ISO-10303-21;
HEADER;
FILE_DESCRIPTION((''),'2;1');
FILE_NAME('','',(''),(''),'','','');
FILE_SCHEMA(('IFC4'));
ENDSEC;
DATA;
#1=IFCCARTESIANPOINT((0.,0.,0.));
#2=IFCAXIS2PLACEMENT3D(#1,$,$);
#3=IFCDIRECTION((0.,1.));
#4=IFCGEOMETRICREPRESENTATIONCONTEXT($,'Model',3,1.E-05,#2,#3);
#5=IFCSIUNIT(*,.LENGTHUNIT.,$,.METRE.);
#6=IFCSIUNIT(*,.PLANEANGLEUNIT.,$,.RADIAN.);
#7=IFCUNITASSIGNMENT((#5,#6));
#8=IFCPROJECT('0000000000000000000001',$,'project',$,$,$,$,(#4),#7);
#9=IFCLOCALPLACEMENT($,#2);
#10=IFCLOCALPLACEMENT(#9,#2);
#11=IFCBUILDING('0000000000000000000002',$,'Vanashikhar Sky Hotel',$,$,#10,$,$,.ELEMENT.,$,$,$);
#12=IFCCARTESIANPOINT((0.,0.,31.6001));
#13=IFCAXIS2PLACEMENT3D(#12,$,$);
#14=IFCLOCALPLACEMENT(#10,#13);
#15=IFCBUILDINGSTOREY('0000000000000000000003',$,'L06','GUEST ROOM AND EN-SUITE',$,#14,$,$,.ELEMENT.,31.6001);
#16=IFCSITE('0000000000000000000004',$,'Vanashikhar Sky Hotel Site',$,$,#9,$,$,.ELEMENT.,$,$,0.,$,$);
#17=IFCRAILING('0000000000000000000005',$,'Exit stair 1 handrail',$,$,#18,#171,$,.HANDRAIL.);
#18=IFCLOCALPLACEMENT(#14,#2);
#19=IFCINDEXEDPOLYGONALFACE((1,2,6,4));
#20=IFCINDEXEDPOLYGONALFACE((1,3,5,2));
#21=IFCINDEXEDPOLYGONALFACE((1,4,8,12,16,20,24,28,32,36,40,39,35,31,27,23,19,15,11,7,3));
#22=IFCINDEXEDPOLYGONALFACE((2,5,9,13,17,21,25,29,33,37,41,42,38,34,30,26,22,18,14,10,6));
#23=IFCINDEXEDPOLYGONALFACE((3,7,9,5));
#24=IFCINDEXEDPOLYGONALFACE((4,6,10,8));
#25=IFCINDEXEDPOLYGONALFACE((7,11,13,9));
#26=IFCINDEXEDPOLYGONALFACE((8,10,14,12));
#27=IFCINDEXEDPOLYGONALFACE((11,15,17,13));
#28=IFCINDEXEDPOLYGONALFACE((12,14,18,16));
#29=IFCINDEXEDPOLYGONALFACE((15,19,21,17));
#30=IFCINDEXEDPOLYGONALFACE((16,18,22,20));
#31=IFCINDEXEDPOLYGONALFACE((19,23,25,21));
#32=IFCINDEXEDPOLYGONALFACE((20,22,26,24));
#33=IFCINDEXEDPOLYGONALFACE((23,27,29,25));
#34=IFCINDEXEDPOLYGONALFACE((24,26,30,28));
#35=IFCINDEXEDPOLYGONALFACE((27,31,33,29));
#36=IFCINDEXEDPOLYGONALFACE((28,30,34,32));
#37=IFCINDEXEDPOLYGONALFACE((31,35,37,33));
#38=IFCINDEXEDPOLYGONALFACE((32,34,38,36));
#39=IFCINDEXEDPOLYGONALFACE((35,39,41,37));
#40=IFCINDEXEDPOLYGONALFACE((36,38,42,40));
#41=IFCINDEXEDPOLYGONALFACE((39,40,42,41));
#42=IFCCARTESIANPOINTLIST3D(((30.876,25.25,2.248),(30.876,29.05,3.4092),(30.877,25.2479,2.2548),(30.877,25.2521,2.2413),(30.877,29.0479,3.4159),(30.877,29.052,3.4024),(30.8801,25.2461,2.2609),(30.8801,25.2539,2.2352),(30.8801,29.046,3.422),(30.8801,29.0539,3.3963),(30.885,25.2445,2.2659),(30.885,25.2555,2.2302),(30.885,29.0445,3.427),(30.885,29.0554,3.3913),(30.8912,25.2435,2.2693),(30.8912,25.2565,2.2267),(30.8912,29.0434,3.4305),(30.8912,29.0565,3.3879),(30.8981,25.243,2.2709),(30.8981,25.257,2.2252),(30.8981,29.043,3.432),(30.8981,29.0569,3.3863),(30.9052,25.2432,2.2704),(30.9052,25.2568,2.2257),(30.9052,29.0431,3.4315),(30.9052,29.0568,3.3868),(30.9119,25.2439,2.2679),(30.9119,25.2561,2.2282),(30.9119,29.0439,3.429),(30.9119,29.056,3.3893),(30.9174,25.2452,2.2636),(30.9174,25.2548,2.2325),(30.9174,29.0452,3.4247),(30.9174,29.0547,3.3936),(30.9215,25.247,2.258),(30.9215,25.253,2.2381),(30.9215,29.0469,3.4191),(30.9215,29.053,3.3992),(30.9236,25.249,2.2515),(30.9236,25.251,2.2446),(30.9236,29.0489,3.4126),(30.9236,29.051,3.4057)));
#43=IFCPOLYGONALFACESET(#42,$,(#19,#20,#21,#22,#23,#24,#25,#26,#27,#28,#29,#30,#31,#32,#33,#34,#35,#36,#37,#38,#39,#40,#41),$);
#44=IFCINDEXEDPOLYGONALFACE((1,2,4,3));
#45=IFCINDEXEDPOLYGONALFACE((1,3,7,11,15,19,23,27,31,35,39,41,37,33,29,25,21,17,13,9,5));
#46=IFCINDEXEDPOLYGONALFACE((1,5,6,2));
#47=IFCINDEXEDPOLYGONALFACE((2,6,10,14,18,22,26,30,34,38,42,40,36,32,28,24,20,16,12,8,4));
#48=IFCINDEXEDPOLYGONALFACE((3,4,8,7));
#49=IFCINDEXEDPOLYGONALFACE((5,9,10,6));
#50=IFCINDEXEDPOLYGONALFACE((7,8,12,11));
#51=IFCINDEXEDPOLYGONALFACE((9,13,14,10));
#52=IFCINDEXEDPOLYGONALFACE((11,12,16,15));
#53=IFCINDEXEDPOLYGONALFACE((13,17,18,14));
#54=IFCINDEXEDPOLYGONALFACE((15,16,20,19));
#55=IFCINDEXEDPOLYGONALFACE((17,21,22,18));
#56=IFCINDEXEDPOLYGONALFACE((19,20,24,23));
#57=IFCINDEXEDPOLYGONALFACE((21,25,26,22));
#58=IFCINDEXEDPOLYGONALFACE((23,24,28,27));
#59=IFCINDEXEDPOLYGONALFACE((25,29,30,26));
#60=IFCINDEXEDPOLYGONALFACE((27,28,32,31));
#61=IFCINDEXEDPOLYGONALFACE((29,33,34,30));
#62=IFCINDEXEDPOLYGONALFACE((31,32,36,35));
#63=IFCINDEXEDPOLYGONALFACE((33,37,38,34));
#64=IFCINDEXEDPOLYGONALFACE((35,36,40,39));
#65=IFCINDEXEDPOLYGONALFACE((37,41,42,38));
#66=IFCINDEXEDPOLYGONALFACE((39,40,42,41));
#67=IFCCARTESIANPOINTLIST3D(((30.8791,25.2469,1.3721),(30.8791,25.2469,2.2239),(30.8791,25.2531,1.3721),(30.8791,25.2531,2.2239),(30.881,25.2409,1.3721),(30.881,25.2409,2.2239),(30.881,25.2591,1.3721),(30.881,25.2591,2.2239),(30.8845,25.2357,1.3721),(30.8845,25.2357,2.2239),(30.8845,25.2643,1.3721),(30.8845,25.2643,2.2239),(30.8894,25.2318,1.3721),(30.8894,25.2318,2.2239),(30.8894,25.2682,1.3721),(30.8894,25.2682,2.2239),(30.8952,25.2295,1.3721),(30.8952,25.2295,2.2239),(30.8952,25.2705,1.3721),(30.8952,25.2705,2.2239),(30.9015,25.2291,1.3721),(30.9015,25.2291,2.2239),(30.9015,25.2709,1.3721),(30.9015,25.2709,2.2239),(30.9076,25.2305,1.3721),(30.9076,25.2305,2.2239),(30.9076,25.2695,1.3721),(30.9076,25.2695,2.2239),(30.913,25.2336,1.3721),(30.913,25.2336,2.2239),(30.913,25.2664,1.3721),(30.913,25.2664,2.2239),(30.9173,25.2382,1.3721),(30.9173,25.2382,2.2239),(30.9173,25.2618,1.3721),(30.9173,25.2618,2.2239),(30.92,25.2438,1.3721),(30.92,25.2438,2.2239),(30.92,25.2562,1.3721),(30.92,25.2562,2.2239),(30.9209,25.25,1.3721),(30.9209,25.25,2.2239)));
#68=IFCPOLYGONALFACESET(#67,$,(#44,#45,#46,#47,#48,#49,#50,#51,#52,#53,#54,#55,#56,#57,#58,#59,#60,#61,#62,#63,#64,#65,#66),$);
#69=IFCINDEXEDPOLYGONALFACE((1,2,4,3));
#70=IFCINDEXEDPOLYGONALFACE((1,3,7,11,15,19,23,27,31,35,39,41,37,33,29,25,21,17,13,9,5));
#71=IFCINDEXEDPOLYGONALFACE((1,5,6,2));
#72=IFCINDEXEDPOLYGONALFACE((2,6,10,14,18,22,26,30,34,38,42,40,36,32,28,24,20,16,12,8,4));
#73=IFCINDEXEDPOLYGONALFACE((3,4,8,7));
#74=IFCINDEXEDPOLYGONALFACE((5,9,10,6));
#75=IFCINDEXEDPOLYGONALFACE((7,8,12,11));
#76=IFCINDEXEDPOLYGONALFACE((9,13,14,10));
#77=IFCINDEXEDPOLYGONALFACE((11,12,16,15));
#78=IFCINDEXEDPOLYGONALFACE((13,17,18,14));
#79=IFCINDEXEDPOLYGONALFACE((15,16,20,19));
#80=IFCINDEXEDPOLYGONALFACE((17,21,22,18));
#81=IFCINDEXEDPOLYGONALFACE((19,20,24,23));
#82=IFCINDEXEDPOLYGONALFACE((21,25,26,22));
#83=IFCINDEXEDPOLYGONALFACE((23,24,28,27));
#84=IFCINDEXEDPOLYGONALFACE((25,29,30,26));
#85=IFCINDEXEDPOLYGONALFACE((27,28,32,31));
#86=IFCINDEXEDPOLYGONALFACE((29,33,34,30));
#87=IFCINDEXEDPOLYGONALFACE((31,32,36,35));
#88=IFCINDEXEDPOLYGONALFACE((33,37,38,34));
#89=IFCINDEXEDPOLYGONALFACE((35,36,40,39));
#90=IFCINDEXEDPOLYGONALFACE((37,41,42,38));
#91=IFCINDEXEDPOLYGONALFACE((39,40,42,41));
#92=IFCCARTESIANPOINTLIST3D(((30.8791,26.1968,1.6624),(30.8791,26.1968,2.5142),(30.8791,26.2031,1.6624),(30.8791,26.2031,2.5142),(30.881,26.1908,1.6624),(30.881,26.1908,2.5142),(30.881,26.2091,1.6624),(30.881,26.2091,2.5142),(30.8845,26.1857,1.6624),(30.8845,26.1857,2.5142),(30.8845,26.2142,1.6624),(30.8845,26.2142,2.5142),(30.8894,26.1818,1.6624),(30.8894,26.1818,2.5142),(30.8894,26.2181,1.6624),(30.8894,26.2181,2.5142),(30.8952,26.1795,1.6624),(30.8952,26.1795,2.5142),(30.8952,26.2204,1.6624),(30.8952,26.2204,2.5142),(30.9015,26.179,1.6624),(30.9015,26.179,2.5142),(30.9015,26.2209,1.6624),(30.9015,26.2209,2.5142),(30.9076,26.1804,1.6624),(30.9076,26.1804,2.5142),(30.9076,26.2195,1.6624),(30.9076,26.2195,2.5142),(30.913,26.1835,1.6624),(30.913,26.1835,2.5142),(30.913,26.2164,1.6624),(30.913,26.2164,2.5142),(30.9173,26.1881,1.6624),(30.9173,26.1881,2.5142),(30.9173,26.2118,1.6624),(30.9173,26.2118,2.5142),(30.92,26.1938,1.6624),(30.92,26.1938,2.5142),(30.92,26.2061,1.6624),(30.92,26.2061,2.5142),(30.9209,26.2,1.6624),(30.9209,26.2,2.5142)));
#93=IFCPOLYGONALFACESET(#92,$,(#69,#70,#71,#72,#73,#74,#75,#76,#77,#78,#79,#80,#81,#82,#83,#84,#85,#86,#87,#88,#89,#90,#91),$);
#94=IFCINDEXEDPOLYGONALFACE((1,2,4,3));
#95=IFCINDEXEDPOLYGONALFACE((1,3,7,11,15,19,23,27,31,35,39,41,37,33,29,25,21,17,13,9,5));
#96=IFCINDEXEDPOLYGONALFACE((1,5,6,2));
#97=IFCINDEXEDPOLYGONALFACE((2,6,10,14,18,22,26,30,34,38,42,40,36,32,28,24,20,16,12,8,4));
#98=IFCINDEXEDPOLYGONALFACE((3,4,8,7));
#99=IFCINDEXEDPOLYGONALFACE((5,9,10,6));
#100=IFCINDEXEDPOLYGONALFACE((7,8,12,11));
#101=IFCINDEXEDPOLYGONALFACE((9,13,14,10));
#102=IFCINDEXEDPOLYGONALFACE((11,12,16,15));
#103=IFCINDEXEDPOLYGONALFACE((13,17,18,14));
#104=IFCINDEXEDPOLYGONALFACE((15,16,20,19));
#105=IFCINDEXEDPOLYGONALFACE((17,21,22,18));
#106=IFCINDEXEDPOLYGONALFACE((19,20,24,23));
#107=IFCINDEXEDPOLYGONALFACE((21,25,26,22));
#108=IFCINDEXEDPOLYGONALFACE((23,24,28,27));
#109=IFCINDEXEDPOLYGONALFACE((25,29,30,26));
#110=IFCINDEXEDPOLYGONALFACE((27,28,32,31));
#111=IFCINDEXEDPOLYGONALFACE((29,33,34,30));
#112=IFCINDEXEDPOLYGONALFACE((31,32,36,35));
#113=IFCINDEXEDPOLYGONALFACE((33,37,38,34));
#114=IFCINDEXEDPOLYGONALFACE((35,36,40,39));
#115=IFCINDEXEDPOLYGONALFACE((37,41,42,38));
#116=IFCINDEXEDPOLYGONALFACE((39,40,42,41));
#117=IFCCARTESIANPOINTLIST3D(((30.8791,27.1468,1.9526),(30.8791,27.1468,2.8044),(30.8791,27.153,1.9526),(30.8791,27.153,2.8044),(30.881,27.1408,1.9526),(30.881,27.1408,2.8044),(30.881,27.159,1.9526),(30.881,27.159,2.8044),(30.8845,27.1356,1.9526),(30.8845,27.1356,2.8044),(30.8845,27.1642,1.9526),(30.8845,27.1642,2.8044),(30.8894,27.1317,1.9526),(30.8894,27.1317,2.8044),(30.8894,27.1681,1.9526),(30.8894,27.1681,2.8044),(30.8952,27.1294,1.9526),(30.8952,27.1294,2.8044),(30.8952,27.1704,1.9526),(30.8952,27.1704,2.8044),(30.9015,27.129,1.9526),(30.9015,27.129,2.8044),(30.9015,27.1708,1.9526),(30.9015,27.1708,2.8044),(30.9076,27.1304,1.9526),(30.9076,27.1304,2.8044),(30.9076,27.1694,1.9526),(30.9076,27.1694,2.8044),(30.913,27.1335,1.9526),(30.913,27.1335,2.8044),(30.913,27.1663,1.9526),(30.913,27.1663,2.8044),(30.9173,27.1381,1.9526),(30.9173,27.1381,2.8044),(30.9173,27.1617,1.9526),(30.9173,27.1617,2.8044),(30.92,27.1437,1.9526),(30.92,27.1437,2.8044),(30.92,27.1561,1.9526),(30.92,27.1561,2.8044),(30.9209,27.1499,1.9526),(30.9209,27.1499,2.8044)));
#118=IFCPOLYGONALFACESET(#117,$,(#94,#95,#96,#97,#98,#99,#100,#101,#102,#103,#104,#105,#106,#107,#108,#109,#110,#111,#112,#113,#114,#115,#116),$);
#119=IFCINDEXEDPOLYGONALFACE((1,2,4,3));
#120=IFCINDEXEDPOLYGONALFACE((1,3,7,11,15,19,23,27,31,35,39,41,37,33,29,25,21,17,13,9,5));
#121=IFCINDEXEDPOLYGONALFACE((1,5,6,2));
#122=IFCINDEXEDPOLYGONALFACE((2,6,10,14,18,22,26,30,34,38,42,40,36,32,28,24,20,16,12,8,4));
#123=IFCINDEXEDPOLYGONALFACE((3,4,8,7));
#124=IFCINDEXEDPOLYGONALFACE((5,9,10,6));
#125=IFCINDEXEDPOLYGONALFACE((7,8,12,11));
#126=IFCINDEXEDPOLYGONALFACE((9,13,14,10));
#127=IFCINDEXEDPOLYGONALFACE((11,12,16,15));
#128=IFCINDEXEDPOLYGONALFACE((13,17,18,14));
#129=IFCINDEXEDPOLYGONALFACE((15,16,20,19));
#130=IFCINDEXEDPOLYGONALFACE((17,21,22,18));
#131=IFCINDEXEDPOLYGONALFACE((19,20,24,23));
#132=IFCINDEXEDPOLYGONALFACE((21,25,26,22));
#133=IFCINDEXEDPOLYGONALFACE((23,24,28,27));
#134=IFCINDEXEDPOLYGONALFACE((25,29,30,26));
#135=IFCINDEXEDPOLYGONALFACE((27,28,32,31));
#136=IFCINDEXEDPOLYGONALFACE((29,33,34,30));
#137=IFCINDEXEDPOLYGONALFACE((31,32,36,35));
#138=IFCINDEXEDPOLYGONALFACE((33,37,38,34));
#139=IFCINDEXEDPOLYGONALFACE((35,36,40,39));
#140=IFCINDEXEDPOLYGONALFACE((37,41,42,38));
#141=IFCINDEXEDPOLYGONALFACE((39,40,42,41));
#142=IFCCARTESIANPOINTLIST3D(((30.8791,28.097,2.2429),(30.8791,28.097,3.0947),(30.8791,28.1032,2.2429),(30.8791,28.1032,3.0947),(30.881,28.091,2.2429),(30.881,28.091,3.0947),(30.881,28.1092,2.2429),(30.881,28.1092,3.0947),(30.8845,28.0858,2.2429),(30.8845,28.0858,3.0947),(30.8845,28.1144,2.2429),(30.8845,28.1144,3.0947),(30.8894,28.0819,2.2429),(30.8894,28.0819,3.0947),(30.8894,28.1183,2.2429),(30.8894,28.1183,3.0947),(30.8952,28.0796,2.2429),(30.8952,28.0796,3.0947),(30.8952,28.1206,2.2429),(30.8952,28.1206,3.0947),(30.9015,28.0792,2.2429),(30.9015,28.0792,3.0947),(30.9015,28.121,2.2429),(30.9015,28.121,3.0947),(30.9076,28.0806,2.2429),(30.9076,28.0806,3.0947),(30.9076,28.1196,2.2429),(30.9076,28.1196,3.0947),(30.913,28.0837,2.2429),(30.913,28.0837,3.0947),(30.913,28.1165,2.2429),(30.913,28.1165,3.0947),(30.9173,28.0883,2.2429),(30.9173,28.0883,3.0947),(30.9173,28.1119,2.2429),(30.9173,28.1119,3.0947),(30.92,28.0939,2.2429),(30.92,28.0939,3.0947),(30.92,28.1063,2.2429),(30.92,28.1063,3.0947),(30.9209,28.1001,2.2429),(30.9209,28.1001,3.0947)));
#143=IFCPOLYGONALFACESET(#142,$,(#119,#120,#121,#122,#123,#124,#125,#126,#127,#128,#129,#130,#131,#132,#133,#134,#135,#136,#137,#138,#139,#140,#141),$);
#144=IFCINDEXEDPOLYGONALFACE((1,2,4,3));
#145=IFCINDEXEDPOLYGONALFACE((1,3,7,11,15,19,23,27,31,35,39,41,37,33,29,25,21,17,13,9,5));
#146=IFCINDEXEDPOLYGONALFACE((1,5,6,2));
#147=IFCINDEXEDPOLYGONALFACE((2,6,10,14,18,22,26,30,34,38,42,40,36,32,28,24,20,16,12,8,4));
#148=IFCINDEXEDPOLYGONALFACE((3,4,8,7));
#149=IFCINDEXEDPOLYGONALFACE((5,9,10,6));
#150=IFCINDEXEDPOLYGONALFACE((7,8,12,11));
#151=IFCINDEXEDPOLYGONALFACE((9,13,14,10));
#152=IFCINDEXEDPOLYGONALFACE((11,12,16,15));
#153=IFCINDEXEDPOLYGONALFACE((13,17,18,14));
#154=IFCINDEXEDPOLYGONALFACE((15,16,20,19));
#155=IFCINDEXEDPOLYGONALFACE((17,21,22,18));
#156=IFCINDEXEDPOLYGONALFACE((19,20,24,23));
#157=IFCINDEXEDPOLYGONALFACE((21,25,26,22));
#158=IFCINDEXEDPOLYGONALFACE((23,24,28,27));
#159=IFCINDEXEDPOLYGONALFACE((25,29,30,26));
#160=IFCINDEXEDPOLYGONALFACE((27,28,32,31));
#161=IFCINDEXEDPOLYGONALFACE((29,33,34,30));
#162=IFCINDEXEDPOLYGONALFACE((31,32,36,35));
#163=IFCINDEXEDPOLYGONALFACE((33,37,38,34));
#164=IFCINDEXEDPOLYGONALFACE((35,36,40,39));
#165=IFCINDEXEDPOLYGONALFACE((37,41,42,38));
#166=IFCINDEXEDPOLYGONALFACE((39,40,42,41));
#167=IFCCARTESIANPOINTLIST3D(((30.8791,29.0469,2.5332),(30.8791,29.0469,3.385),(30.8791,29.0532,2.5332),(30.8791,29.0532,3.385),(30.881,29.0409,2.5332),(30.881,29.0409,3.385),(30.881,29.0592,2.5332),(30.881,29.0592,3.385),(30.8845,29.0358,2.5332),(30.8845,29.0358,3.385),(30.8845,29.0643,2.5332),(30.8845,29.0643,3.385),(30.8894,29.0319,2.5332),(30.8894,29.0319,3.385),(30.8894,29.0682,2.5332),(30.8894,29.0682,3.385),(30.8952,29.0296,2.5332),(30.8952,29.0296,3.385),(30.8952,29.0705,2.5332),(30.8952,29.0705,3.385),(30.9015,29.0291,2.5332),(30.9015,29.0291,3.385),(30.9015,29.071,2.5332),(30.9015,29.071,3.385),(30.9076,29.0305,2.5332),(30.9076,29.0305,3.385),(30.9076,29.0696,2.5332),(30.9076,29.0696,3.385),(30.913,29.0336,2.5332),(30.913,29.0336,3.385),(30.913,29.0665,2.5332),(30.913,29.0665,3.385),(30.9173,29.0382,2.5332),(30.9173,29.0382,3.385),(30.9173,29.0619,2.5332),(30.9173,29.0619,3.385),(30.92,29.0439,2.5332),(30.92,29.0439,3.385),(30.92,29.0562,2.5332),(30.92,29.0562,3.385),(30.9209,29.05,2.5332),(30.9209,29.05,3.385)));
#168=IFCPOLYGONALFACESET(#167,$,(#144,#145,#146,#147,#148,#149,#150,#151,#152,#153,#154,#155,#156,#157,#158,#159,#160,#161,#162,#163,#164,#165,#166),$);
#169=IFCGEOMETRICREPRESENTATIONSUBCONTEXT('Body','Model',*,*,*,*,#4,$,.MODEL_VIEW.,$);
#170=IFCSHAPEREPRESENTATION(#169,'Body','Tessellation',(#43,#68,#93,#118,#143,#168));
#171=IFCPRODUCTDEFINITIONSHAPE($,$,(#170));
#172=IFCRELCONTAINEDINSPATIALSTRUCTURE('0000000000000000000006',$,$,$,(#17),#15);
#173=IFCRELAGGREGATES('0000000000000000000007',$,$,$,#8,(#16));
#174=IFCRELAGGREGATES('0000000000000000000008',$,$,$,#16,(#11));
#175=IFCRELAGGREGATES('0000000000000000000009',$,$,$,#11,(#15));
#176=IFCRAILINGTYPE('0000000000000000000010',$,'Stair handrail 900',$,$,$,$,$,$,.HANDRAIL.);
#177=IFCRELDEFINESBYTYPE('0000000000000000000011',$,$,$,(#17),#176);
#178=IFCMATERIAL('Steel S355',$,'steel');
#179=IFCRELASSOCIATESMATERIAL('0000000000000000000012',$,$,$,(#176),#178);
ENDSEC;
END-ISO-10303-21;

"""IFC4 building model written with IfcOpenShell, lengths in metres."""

from ifc_helpers import new_model, si_unit, direction, frame, origin, origin_2d, place, context, subcontext, project, spatial, circle, extrude, source, transform, mapped, material, type_object, element, save


model = new_model("IFC4")

# Units and contexts
model_context = context("Model", 3, precision=1e-05, world=origin(), true_north=direction((0.0, 1.0)))
body_context = subcontext(model_context, "Body", "Model", "MODEL_VIEW")
ifc_project = project(units=[si_unit("LENGTHUNIT", "METRE"), si_unit("PLANEANGLEUNIT", "RADIAN")], contexts=[model_context])

# Site, building, storey
site_placement = place(None, origin())
site = spatial("IfcSite", under=ifc_project, at=site_placement, Name="Vanashikhar Sky Hotel Site", CompositionType="ELEMENT", RefElevation=0.0)
building_placement = place(site_placement, origin())
building = spatial("IfcBuilding", under=site, at=building_placement, Name="Vanashikhar Sky Hotel", CompositionType="ELEMENT")
storey_placement = place(building_placement, frame((0.0, 0.0, 31.6001)))
storey = spatial("IfcBuildingStorey", under=building, at=storey_placement, Name="L06", Description="GUEST ROOM AND EN-SUITE", CompositionType="ELEMENT", Elevation=31.6001)

# Railing
ifc_material_1 = material(Name="Steel S355", Category="steel")
railing_type = type_object("IfcRailingType", Name="Stair handrail 900", PredefinedType="HANDRAIL", material=ifc_material_1)
shared_shape_1 = source(origin(), body_context, "Body", "SweptSolid", [
    extrude(circle(Radius=0.0239, at=origin_2d()), frame((0.0, 0.0, 0.876), z_axis=(0.0, 0.956351, 0.29222), x_axis=(-1.0, 0.0, 0.0)), (0.0, 0.0, 1.0), 3.9734),
    extrude(circle(Radius=0.021, at=origin_2d()), origin(), (0.0, 0.0, 1.0), 0.8518),
    extrude(circle(Radius=0.021, at=origin_2d()), frame((0.0, 0.95, 0.2903)), (0.0, 0.0, 1.0), 0.8518),
    extrude(circle(Radius=0.021, at=origin_2d()), frame((0.0, 1.8999, 0.5806)), (0.0, 0.0, 1.0), 0.8518),
    extrude(circle(Radius=0.021, at=origin_2d()), frame((0.0, 2.8501, 0.8708)), (0.0, 0.0, 1.0), 0.8518),
    extrude(circle(Radius=0.021, at=origin_2d()), frame((0.0, 3.8, 1.1611)), (0.0, 0.0, 1.0), 0.8518),
])
railing_placement = place(storey_placement, frame((30.8999, 25.25, 1.3721)))
element("IfcRailing", 1, at=railing_placement, inside=storey, type_object=railing_type, Name="Exit stair 1 handrail", PredefinedType="HANDRAIL", context=body_context, shape_type="MappedRepresentation", body=[
    mapped(shared_shape_1, transform((0.0, 0.0, 0.0), scale=1.0)),
])

save(model, "model.ifc")
